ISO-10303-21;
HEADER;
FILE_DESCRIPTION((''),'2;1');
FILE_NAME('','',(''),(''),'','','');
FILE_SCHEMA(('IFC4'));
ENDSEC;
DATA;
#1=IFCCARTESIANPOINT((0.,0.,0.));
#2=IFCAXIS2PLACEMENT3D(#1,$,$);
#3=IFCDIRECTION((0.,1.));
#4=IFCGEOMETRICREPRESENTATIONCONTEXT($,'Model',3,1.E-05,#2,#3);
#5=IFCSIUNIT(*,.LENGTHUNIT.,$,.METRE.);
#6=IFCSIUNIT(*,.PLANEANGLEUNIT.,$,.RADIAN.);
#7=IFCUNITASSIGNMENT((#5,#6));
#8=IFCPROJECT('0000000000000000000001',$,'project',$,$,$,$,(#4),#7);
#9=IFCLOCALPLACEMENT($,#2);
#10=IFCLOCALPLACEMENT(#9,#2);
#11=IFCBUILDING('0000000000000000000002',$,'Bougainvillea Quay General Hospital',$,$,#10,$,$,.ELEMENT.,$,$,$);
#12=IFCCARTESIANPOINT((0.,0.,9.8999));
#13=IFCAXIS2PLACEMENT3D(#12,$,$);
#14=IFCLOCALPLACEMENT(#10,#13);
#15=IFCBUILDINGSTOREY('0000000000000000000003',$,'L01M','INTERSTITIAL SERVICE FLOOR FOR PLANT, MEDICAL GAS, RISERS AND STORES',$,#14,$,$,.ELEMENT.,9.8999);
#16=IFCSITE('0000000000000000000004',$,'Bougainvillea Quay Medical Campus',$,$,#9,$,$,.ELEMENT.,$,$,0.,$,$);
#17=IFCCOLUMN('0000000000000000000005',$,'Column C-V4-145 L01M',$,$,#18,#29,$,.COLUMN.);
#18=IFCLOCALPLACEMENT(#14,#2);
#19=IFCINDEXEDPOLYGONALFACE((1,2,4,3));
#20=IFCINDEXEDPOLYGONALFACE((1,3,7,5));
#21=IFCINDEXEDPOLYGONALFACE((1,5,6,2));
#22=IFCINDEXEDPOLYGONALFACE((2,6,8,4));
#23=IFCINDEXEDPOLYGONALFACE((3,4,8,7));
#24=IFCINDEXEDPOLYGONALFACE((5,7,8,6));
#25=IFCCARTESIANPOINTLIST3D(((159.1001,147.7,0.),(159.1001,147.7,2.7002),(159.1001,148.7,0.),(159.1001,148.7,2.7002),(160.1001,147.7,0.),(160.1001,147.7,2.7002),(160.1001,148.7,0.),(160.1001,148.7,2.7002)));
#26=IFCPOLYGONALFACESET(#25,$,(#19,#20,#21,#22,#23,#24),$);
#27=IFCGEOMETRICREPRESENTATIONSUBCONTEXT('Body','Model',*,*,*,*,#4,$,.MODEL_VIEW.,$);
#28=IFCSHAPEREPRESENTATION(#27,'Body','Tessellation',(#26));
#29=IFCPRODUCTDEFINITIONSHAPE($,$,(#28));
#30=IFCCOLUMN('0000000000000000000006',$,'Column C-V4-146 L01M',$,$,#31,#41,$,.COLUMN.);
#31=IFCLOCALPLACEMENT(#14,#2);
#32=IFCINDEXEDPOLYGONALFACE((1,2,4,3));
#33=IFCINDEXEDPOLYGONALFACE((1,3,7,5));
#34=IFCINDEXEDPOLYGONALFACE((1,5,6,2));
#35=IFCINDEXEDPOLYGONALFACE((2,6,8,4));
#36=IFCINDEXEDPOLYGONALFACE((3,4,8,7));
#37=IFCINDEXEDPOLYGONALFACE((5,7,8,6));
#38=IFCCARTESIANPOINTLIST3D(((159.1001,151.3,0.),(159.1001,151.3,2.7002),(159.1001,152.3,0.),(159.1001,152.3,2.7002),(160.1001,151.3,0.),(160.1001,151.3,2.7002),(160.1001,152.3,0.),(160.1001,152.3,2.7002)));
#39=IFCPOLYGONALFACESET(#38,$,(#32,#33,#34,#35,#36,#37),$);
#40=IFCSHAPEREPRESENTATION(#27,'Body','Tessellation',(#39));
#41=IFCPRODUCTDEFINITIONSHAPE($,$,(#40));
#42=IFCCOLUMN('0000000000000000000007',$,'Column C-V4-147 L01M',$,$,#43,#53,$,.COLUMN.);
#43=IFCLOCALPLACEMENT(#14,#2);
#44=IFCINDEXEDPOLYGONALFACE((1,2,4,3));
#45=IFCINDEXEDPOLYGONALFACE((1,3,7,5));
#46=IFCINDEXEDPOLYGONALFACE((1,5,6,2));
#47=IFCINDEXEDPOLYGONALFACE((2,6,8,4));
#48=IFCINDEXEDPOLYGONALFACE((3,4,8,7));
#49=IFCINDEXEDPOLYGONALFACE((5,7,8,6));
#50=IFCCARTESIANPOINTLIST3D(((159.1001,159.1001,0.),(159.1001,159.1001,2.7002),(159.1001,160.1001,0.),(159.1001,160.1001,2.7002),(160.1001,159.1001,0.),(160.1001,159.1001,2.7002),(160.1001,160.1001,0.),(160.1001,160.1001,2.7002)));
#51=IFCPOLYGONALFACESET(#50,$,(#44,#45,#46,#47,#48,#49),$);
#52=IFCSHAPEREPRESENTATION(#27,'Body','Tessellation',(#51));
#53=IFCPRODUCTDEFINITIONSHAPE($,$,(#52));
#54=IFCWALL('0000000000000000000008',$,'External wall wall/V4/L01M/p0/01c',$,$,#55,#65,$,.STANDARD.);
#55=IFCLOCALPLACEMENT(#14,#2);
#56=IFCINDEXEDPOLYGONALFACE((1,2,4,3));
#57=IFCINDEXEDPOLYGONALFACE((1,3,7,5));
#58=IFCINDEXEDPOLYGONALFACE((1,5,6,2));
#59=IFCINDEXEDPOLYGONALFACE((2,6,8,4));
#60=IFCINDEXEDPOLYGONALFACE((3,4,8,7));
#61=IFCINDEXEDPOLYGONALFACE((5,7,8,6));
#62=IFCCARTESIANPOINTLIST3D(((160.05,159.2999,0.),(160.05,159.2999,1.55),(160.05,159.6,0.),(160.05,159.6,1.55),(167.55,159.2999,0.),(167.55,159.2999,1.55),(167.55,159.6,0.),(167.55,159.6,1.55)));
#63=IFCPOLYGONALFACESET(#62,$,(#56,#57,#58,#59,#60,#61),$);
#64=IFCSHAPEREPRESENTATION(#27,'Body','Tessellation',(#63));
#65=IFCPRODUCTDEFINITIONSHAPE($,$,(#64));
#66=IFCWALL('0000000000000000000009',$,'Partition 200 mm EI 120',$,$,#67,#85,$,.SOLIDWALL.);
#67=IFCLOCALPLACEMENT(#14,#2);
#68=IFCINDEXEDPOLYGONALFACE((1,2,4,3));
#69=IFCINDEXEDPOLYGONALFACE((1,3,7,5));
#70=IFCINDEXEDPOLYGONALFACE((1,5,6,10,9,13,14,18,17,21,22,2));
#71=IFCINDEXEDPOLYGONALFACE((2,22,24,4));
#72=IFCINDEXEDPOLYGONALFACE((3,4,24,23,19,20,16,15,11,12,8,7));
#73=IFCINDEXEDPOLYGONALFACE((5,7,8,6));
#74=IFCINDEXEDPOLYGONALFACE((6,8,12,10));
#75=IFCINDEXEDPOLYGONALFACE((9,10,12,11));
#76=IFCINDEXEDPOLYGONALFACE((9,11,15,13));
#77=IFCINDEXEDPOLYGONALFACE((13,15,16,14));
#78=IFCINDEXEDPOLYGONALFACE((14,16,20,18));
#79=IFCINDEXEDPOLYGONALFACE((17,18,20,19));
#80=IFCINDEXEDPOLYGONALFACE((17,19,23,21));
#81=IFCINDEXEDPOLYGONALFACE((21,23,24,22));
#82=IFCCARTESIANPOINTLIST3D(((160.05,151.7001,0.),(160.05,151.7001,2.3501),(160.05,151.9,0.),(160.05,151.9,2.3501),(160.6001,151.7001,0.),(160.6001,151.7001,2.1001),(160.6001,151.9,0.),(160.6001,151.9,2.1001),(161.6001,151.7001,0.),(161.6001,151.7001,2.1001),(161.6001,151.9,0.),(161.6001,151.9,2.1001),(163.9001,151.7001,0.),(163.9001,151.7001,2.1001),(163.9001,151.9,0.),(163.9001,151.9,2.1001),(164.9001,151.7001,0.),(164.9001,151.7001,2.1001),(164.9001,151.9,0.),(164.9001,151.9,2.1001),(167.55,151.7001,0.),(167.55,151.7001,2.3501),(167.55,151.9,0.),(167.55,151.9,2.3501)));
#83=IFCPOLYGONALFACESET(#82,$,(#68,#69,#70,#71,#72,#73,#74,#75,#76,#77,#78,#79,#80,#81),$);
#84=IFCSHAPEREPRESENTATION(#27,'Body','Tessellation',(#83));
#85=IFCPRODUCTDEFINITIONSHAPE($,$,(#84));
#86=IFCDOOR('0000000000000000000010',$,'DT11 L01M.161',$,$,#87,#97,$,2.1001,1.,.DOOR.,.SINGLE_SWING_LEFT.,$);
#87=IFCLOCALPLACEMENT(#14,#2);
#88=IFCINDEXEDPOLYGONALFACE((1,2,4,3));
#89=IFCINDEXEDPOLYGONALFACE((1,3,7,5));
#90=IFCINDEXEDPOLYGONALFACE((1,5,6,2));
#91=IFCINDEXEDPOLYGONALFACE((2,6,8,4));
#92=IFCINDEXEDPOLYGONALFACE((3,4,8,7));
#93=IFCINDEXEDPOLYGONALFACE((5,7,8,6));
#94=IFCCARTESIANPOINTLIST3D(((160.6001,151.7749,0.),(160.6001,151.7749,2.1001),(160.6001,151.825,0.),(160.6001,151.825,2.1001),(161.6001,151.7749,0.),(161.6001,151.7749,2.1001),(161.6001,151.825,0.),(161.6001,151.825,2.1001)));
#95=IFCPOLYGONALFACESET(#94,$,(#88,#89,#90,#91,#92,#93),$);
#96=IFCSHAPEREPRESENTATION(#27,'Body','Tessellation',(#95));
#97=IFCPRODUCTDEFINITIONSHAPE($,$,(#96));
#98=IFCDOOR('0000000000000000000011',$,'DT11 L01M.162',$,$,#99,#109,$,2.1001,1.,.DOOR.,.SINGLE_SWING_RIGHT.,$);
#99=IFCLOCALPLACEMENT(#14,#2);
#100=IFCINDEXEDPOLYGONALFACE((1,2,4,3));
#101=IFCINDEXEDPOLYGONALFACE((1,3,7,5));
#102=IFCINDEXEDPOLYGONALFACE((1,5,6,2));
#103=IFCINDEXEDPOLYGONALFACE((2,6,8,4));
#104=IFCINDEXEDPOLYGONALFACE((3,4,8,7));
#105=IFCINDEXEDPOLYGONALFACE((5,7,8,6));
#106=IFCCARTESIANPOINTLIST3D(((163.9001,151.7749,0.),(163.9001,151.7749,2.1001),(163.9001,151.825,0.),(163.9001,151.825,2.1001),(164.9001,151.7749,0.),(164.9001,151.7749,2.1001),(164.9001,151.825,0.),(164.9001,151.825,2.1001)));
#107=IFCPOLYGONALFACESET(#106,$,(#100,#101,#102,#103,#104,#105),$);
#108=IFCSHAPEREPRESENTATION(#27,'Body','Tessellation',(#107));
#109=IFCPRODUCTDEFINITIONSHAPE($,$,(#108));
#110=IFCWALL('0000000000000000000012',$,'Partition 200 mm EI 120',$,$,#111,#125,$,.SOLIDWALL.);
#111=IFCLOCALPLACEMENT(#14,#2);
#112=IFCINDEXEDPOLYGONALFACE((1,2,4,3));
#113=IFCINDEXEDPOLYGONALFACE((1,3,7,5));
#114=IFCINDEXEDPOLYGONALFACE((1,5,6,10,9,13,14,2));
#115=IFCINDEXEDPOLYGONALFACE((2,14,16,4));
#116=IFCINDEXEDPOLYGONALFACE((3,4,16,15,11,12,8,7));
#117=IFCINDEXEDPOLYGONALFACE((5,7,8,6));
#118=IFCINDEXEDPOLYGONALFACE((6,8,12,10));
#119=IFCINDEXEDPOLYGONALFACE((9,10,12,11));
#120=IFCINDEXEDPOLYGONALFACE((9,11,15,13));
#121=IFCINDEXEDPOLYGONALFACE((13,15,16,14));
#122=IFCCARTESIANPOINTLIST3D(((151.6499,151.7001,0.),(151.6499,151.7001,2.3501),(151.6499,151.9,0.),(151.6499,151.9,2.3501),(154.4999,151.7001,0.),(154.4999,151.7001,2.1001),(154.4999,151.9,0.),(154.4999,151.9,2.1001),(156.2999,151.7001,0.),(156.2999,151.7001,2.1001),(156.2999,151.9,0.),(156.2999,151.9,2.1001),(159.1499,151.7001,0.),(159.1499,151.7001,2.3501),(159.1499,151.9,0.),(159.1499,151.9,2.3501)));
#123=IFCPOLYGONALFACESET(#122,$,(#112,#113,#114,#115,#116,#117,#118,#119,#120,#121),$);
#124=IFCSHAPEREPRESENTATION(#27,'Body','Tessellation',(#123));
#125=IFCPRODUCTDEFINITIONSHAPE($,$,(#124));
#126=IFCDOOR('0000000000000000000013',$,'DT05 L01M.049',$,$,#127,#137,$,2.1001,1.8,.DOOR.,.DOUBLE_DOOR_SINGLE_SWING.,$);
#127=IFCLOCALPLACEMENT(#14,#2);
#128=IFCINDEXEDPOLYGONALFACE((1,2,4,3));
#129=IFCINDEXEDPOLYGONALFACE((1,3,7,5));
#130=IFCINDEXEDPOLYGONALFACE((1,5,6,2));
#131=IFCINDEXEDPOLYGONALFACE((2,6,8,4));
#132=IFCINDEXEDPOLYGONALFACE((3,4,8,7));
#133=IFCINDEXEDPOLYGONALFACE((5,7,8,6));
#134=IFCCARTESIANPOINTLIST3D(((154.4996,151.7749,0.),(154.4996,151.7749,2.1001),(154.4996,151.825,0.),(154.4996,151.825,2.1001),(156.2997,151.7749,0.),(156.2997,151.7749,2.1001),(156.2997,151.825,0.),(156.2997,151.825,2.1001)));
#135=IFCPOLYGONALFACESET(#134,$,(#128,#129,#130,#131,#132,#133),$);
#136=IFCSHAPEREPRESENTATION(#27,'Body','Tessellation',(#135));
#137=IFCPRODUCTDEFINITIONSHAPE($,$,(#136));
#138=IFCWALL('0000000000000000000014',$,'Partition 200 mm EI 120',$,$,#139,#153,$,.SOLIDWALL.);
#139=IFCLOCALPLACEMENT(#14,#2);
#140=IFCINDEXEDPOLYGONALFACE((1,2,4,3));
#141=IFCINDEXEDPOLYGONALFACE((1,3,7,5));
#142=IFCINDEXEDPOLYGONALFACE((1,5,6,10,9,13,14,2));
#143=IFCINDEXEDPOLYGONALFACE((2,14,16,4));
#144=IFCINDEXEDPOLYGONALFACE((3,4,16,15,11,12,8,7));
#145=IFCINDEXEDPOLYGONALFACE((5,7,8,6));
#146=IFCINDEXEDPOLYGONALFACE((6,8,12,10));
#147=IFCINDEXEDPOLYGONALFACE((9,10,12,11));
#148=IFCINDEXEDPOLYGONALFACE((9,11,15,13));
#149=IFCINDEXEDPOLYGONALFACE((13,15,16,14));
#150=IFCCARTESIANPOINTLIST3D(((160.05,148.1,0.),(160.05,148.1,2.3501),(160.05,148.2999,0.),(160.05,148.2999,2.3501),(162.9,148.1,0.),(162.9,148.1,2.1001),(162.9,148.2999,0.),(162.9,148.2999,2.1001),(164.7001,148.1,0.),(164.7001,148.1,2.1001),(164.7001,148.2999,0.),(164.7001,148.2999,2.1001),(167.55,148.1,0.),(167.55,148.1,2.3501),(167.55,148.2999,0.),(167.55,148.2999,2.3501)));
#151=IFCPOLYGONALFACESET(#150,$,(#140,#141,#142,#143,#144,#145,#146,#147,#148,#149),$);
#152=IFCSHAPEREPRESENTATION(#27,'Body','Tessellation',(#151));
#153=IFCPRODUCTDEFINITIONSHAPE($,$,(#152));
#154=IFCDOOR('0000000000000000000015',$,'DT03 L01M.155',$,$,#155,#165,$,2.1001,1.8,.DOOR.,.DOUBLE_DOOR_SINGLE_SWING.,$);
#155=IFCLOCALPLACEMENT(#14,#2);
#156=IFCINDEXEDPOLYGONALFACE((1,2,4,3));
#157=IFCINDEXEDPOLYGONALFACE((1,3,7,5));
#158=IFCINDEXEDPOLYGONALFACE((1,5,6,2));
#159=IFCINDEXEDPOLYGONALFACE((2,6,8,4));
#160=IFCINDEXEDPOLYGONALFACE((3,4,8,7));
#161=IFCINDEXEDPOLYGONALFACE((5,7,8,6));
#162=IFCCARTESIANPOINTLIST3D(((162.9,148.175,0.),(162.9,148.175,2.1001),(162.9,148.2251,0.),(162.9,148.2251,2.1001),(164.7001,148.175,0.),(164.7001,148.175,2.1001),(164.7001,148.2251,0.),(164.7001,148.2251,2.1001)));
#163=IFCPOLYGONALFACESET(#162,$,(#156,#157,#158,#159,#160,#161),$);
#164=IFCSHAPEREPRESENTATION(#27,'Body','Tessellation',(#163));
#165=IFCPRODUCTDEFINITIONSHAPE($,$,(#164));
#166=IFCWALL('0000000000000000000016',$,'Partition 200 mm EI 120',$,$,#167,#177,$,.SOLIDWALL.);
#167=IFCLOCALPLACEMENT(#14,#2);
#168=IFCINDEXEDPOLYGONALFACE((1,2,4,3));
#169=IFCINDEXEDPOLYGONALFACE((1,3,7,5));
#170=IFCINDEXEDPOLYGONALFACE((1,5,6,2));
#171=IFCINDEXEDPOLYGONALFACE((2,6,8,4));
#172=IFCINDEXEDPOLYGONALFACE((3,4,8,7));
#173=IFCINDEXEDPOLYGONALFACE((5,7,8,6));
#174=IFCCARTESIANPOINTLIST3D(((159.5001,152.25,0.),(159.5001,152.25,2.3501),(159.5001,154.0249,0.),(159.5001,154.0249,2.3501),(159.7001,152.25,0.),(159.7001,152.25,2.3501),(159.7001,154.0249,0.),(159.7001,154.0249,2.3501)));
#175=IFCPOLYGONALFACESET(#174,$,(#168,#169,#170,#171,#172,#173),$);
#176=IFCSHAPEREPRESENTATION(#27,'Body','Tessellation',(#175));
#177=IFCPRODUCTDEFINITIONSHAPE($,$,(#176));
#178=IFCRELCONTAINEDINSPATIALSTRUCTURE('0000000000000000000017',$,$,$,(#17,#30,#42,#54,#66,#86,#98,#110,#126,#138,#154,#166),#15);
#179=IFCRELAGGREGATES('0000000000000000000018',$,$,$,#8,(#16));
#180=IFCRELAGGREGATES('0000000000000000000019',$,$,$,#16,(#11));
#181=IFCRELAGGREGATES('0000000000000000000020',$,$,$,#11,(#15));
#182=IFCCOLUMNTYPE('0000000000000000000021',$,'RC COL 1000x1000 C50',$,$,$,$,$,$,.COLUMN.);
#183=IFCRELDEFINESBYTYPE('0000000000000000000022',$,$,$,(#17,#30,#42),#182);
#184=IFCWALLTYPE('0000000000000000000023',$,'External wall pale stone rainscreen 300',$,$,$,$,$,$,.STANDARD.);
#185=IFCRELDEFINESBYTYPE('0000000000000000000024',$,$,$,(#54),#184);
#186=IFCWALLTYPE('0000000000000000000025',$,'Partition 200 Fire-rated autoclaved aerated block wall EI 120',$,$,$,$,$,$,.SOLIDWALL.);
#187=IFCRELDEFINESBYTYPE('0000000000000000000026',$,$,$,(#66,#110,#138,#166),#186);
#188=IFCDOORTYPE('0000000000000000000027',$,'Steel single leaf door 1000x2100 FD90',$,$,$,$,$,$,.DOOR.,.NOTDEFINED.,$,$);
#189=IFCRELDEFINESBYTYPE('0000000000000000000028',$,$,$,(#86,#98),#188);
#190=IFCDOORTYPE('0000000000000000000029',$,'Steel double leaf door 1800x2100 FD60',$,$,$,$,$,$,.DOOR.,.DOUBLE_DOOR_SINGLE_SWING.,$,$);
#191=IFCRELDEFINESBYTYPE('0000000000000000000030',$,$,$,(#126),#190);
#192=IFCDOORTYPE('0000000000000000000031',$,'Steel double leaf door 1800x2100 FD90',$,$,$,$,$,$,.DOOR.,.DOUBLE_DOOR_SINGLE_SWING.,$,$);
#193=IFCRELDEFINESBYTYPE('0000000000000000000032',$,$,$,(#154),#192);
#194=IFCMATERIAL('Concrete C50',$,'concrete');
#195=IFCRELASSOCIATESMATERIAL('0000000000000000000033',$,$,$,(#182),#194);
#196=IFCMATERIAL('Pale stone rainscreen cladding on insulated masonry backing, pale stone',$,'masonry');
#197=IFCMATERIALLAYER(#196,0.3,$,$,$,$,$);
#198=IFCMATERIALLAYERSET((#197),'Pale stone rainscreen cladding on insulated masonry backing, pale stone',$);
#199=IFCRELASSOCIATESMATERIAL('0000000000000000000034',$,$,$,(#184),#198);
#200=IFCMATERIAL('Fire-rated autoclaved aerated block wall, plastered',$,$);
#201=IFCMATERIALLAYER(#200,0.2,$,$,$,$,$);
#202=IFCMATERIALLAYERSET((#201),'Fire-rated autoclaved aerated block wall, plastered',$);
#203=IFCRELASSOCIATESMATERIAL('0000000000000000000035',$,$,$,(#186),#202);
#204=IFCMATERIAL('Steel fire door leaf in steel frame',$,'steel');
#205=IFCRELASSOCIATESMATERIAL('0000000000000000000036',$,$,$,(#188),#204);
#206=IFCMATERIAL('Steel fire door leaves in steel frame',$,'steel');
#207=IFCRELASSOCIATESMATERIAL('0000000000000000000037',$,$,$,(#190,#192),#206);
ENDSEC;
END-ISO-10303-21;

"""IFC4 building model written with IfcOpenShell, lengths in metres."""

from ifc_helpers import new_model, si_unit, direction, frame, frame_2d, origin, origin_2d, place, context, subcontext, project, spatial, rectangle, extrude, material, layer, layer_set, material_profile, profile_set, type_object, element, fill, save


model = new_model("IFC4")

# Units and contexts
model_context = context("Model", 3, precision=1e-05, world=origin(), true_north=direction((0.0, 1.0)))
body_context = subcontext(model_context, "Body", "Model", "MODEL_VIEW")
ifc_project = project(units=[si_unit("LENGTHUNIT", "METRE"), si_unit("PLANEANGLEUNIT", "RADIAN")], contexts=[model_context])

# Site, building, storey
site_placement = place(None, origin())
site = spatial("IfcSite", under=ifc_project, at=site_placement, Name="Bougainvillea Quay Medical Campus", CompositionType="ELEMENT", RefElevation=0.0)
building_placement = place(site_placement, origin())
building = spatial("IfcBuilding", under=site, at=building_placement, Name="Bougainvillea Quay General Hospital", CompositionType="ELEMENT")
storey_placement = place(building_placement, frame((0.0, 0.0, 9.8999)))
storey = spatial("IfcBuildingStorey", under=building, at=storey_placement, Name="L01M", Description="INTERSTITIAL SERVICE FLOOR FOR PLANT, MEDICAL GAS, RISERS AND STORES", CompositionType="ELEMENT", Elevation=9.8999)

# Columns
ifc_material_1 = material(Name="Concrete C50", Category="concrete")
ifc_material_profile = material_profile(ifc_material_1, rectangle(XDim=1.0, YDim=1.0, at=origin_2d()))
ifc_profile_set = profile_set([ifc_material_profile], Name="Concrete C50")
column_type = type_object("IfcColumnType", Name="RC COL 1000x1000 C50", PredefinedType="COLUMN", material=ifc_profile_set)
for number, where, z_axis, x_axis, name in (
    (1, (159.6001, 148.2, 0.0), (0.0, 0.0, 1.0), (1.0, 0.0, 0.0), "Column C-V4-145 L01M"),
    (2, (159.6001, 151.8, 0.0), (0.0, 0.0, 1.0), (1.0, 0.0, 0.0), "Column C-V4-146 L01M"),
    (3, (159.6001, 159.6001, 0.0), (0.0, 0.0, 1.0), (1.0, 0.0, 0.0), "Column C-V4-147 L01M"),
):
    element("IfcColumn", number, at=place(storey_placement, frame(where, z_axis=z_axis, x_axis=x_axis)), inside=storey, type_object=column_type, Name=name, PredefinedType="COLUMN", context=body_context, shape_type="SweptSolid", body=[
        extrude(rectangle(XDim=1.0, YDim=1.0, at=origin_2d()), origin(), (0.0, 0.0, 1.0), 2.7002),
    ])

# Wall
ifc_material_2 = material(Name="Pale stone rainscreen cladding on insulated masonry backing, pale stone", Category="masonry")
ifc_layer_1 = layer(ifc_material_2, 0.3)
ifc_layer_set_1 = layer_set([ifc_layer_1], Name="Pale stone rainscreen cladding on insulated masonry backing, pale stone")
wall_type_1 = type_object("IfcWallType", Name="External wall pale stone rainscreen 300", PredefinedType="STANDARD", material=ifc_layer_set_1)
wall_1_placement = place(storey_placement, frame((167.55, 159.45, 0.0), z_axis=(0.0, 0.0, 1.0), x_axis=(-1.0, 0.0, 0.0)))
element("IfcWall", 4, at=wall_1_placement, inside=storey, type_object=wall_type_1, Name="External wall wall/V4/L01M/p0/01c", PredefinedType="STANDARD", context=body_context, shape_type="SweptSolid", body=[
    extrude(rectangle(XDim=7.5, YDim=0.3, at=frame_2d((3.75, 0.0))), origin(), (0.0, 0.0, 1.0), 1.55),
])

# Wall, openings, doors
ifc_material_3 = material(Name="Fire-rated autoclaved aerated block wall, plastered")
ifc_layer_2 = layer(ifc_material_3, 0.2)
ifc_layer_set_2 = layer_set([ifc_layer_2], Name="Fire-rated autoclaved aerated block wall, plastered")
wall_type_2 = type_object("IfcWallType", Name="Partition 200 Fire-rated autoclaved aerated block wall EI 120", PredefinedType="SOLIDWALL", material=ifc_layer_set_2)
wall_2_placement = place(storey_placement, frame((167.55, 151.8, 0.0), z_axis=(0.0, 0.0, 1.0), x_axis=(-1.0, 0.0, 0.0)))
wall_2 = element("IfcWall", 5, at=wall_2_placement, inside=storey, type_object=wall_type_2, Name="Partition 200 mm EI 120", PredefinedType="SOLIDWALL", context=body_context, shape_type="SweptSolid", body=[
    extrude(rectangle(XDim=7.5, YDim=0.2, at=frame_2d((3.75, 0.0))), origin(), (0.0, 0.0, 1.0), 2.3501),
])
opening_1_placement = place(wall_2_placement, frame((5.95, 0.0, 0.0)))
opening_1 = element("IfcOpeningElement", 6, at=opening_1_placement, cuts=wall_2, PredefinedType="OPENING", context=body_context, shape_type="SweptSolid", body=[
    extrude(rectangle(XDim=1.0, YDim=2.1001, at=frame_2d((0.5, 1.05))), frame((0.0, 0.1099, 0.0), z_axis=(0.0, -1.0, 0.0), x_axis=(1.0, 0.0, 0.0)), (0.0, 0.0, 1.0), 0.22),
])
opening_2_placement = place(wall_2_placement, frame((2.6499, 0.0, 0.0)))
opening_2 = element("IfcOpeningElement", 7, at=opening_2_placement, cuts=wall_2, PredefinedType="OPENING", context=body_context, shape_type="SweptSolid", body=[
    extrude(rectangle(XDim=1.0, YDim=2.1001, at=frame_2d((0.5, 1.05))), frame((0.0, 0.1099, 0.0), z_axis=(0.0, -1.0, 0.0), x_axis=(1.0, 0.0, 0.0)), (0.0, 0.0, 1.0), 0.22),
])
ifc_material_4 = material(Name="Steel fire door leaf in steel frame", Category="steel")
door_type_1 = type_object("IfcDoorType", Name="Steel single leaf door 1000x2100 FD90", OperationType="NOTDEFINED", PredefinedType="DOOR", material=ifc_material_4)
door_1_placement = place(opening_1_placement, frame((1.0, 0.0, 0.0), z_axis=(0.0, 0.0, 1.0), x_axis=(-1.0, 0.0, 0.0)))
door_1 = element("IfcDoor", 8, at=door_1_placement, inside=storey, type_object=door_type_1, Name="DT11 L01M.161", OperationType="SINGLE_SWING_LEFT", OverallHeight=2.1001, OverallWidth=1.0, PredefinedType="DOOR", context=body_context, shape_type="SweptSolid", body=[
    extrude(rectangle(XDim=1.0, YDim=2.1001, at=frame_2d((0.5, 1.05))), frame((0.0, 0.0249, 0.0), z_axis=(0.0, -1.0, 0.0), x_axis=(1.0, 0.0, 0.0)), (0.0, 0.0, 1.0), 0.05),
])
fill(opening_1, door_1)
door_2_placement = place(opening_2_placement, frame((1.0, 0.0, 0.0), z_axis=(0.0, 0.0, 1.0), x_axis=(-1.0, 0.0, 0.0)))
door_2 = element("IfcDoor", 9, at=door_2_placement, inside=storey, type_object=door_type_1, Name="DT11 L01M.162", OperationType="SINGLE_SWING_RIGHT", OverallHeight=2.1001, OverallWidth=1.0, PredefinedType="DOOR", context=body_context, shape_type="SweptSolid", body=[
    extrude(rectangle(XDim=1.0, YDim=2.1001, at=frame_2d((0.5, 1.05))), frame((0.0, 0.0249, 0.0), z_axis=(0.0, -1.0, 0.0), x_axis=(1.0, 0.0, 0.0)), (0.0, 0.0, 1.0), 0.05),
])
fill(opening_2, door_2)

# Walls, openings, doors
wall_3_placement = place(storey_placement, frame((159.1499, 151.8, 0.0), z_axis=(0.0, 0.0, 1.0), x_axis=(-1.0, 0.0, 0.0)))
wall_3 = element("IfcWall", 10, at=wall_3_placement, inside=storey, type_object=wall_type_2, Name="Partition 200 mm EI 120", PredefinedType="SOLIDWALL", context=body_context, shape_type="SweptSolid", body=[
    extrude(rectangle(XDim=7.5, YDim=0.2, at=frame_2d((3.75, 0.0))), origin(), (0.0, 0.0, 1.0), 2.3501),
])
opening_3_placement = place(wall_3_placement, frame((2.8501, 0.0, 0.0)))
opening_3 = element("IfcOpeningElement", 11, at=opening_3_placement, cuts=wall_3, PredefinedType="OPENING", context=body_context, shape_type="SweptSolid", body=[
    extrude(rectangle(XDim=1.8, YDim=2.1001, at=frame_2d((0.8999, 1.05))), frame((0.0, 0.1099, 0.0), z_axis=(0.0, -1.0, 0.0), x_axis=(1.0, 0.0, 0.0)), (0.0, 0.0, 1.0), 0.22),
])
ifc_material_5 = material(Name="Steel fire door leaves in steel frame", Category="steel")
door_type_2 = type_object("IfcDoorType", Name="Steel double leaf door 1800x2100 FD60", OperationType="DOUBLE_DOOR_SINGLE_SWING", PredefinedType="DOOR", material=ifc_material_5)
door_3_placement = place(opening_3_placement, frame((1.8, 0.0, 0.0), z_axis=(0.0, 0.0, 1.0), x_axis=(-1.0, 0.0, 0.0)))
door_3 = element("IfcDoor", 12, at=door_3_placement, inside=storey, type_object=door_type_2, Name="DT05 L01M.049", OperationType="DOUBLE_DOOR_SINGLE_SWING", OverallHeight=2.1001, OverallWidth=1.8, PredefinedType="DOOR", context=body_context, shape_type="SweptSolid", body=[
    extrude(rectangle(XDim=1.8, YDim=2.1001, at=frame_2d((0.8999, 1.05))), frame((0.0, 0.0249, 0.0), z_axis=(0.0, -1.0, 0.0), x_axis=(1.0, 0.0, 0.0)), (0.0, 0.0, 1.0), 0.05),
])
fill(opening_3, door_3)
wall_4_placement = place(storey_placement, frame((167.55, 148.2, 0.0), z_axis=(0.0, 0.0, 1.0), x_axis=(-1.0, 0.0, 0.0)))
wall_4 = element("IfcWall", 13, at=wall_4_placement, inside=storey, type_object=wall_type_2, Name="Partition 200 mm EI 120", PredefinedType="SOLIDWALL", context=body_context, shape_type="SweptSolid", body=[
    extrude(rectangle(XDim=7.5, YDim=0.2, at=frame_2d((3.75, 0.0))), origin(), (0.0, 0.0, 1.0), 2.3501),
])
opening_4_placement = place(wall_4_placement, frame((2.8501, 0.0, 0.0)))
opening_4 = element("IfcOpeningElement", 14, at=opening_4_placement, cuts=wall_4, PredefinedType="OPENING", context=body_context, shape_type="SweptSolid", body=[
    extrude(rectangle(XDim=1.8, YDim=2.1001, at=frame_2d((0.8999, 1.05))), frame((0.0, 0.1099, 0.0), z_axis=(0.0, -1.0, 0.0), x_axis=(1.0, 0.0, 0.0)), (0.0, 0.0, 1.0), 0.22),
])
door_type_3 = type_object("IfcDoorType", Name="Steel double leaf door 1800x2100 FD90", OperationType="DOUBLE_DOOR_SINGLE_SWING", PredefinedType="DOOR", material=ifc_material_5)
door_4_placement = place(opening_4_placement, origin())
door_4 = element("IfcDoor", 15, at=door_4_placement, inside=storey, type_object=door_type_3, Name="DT03 L01M.155", OperationType="DOUBLE_DOOR_SINGLE_SWING", OverallHeight=2.1001, OverallWidth=1.8, PredefinedType="DOOR", context=body_context, shape_type="SweptSolid", body=[
    extrude(rectangle(XDim=1.8, YDim=2.1001, at=frame_2d((0.8999, 1.05))), frame((0.0, 0.0249, 0.0), z_axis=(0.0, -1.0, 0.0), x_axis=(1.0, 0.0, 0.0)), (0.0, 0.0, 1.0), 0.05),
])
fill(opening_4, door_4)

# Wall
wall_5_placement = place(storey_placement, frame((159.6001, 152.25, 0.0), z_axis=(0.0, 0.0, 1.0), x_axis=(0.0, 1.0, 0.0)))
element("IfcWall", 16, at=wall_5_placement, inside=storey, type_object=wall_type_2, Name="Partition 200 mm EI 120", PredefinedType="SOLIDWALL", context=body_context, shape_type="SweptSolid", body=[
    extrude(rectangle(XDim=1.7749, YDim=0.2, at=frame_2d((0.8875, 0.0))), origin(), (0.0, 0.0, 1.0), 2.3501),
])

save(model, "model.ifc")
